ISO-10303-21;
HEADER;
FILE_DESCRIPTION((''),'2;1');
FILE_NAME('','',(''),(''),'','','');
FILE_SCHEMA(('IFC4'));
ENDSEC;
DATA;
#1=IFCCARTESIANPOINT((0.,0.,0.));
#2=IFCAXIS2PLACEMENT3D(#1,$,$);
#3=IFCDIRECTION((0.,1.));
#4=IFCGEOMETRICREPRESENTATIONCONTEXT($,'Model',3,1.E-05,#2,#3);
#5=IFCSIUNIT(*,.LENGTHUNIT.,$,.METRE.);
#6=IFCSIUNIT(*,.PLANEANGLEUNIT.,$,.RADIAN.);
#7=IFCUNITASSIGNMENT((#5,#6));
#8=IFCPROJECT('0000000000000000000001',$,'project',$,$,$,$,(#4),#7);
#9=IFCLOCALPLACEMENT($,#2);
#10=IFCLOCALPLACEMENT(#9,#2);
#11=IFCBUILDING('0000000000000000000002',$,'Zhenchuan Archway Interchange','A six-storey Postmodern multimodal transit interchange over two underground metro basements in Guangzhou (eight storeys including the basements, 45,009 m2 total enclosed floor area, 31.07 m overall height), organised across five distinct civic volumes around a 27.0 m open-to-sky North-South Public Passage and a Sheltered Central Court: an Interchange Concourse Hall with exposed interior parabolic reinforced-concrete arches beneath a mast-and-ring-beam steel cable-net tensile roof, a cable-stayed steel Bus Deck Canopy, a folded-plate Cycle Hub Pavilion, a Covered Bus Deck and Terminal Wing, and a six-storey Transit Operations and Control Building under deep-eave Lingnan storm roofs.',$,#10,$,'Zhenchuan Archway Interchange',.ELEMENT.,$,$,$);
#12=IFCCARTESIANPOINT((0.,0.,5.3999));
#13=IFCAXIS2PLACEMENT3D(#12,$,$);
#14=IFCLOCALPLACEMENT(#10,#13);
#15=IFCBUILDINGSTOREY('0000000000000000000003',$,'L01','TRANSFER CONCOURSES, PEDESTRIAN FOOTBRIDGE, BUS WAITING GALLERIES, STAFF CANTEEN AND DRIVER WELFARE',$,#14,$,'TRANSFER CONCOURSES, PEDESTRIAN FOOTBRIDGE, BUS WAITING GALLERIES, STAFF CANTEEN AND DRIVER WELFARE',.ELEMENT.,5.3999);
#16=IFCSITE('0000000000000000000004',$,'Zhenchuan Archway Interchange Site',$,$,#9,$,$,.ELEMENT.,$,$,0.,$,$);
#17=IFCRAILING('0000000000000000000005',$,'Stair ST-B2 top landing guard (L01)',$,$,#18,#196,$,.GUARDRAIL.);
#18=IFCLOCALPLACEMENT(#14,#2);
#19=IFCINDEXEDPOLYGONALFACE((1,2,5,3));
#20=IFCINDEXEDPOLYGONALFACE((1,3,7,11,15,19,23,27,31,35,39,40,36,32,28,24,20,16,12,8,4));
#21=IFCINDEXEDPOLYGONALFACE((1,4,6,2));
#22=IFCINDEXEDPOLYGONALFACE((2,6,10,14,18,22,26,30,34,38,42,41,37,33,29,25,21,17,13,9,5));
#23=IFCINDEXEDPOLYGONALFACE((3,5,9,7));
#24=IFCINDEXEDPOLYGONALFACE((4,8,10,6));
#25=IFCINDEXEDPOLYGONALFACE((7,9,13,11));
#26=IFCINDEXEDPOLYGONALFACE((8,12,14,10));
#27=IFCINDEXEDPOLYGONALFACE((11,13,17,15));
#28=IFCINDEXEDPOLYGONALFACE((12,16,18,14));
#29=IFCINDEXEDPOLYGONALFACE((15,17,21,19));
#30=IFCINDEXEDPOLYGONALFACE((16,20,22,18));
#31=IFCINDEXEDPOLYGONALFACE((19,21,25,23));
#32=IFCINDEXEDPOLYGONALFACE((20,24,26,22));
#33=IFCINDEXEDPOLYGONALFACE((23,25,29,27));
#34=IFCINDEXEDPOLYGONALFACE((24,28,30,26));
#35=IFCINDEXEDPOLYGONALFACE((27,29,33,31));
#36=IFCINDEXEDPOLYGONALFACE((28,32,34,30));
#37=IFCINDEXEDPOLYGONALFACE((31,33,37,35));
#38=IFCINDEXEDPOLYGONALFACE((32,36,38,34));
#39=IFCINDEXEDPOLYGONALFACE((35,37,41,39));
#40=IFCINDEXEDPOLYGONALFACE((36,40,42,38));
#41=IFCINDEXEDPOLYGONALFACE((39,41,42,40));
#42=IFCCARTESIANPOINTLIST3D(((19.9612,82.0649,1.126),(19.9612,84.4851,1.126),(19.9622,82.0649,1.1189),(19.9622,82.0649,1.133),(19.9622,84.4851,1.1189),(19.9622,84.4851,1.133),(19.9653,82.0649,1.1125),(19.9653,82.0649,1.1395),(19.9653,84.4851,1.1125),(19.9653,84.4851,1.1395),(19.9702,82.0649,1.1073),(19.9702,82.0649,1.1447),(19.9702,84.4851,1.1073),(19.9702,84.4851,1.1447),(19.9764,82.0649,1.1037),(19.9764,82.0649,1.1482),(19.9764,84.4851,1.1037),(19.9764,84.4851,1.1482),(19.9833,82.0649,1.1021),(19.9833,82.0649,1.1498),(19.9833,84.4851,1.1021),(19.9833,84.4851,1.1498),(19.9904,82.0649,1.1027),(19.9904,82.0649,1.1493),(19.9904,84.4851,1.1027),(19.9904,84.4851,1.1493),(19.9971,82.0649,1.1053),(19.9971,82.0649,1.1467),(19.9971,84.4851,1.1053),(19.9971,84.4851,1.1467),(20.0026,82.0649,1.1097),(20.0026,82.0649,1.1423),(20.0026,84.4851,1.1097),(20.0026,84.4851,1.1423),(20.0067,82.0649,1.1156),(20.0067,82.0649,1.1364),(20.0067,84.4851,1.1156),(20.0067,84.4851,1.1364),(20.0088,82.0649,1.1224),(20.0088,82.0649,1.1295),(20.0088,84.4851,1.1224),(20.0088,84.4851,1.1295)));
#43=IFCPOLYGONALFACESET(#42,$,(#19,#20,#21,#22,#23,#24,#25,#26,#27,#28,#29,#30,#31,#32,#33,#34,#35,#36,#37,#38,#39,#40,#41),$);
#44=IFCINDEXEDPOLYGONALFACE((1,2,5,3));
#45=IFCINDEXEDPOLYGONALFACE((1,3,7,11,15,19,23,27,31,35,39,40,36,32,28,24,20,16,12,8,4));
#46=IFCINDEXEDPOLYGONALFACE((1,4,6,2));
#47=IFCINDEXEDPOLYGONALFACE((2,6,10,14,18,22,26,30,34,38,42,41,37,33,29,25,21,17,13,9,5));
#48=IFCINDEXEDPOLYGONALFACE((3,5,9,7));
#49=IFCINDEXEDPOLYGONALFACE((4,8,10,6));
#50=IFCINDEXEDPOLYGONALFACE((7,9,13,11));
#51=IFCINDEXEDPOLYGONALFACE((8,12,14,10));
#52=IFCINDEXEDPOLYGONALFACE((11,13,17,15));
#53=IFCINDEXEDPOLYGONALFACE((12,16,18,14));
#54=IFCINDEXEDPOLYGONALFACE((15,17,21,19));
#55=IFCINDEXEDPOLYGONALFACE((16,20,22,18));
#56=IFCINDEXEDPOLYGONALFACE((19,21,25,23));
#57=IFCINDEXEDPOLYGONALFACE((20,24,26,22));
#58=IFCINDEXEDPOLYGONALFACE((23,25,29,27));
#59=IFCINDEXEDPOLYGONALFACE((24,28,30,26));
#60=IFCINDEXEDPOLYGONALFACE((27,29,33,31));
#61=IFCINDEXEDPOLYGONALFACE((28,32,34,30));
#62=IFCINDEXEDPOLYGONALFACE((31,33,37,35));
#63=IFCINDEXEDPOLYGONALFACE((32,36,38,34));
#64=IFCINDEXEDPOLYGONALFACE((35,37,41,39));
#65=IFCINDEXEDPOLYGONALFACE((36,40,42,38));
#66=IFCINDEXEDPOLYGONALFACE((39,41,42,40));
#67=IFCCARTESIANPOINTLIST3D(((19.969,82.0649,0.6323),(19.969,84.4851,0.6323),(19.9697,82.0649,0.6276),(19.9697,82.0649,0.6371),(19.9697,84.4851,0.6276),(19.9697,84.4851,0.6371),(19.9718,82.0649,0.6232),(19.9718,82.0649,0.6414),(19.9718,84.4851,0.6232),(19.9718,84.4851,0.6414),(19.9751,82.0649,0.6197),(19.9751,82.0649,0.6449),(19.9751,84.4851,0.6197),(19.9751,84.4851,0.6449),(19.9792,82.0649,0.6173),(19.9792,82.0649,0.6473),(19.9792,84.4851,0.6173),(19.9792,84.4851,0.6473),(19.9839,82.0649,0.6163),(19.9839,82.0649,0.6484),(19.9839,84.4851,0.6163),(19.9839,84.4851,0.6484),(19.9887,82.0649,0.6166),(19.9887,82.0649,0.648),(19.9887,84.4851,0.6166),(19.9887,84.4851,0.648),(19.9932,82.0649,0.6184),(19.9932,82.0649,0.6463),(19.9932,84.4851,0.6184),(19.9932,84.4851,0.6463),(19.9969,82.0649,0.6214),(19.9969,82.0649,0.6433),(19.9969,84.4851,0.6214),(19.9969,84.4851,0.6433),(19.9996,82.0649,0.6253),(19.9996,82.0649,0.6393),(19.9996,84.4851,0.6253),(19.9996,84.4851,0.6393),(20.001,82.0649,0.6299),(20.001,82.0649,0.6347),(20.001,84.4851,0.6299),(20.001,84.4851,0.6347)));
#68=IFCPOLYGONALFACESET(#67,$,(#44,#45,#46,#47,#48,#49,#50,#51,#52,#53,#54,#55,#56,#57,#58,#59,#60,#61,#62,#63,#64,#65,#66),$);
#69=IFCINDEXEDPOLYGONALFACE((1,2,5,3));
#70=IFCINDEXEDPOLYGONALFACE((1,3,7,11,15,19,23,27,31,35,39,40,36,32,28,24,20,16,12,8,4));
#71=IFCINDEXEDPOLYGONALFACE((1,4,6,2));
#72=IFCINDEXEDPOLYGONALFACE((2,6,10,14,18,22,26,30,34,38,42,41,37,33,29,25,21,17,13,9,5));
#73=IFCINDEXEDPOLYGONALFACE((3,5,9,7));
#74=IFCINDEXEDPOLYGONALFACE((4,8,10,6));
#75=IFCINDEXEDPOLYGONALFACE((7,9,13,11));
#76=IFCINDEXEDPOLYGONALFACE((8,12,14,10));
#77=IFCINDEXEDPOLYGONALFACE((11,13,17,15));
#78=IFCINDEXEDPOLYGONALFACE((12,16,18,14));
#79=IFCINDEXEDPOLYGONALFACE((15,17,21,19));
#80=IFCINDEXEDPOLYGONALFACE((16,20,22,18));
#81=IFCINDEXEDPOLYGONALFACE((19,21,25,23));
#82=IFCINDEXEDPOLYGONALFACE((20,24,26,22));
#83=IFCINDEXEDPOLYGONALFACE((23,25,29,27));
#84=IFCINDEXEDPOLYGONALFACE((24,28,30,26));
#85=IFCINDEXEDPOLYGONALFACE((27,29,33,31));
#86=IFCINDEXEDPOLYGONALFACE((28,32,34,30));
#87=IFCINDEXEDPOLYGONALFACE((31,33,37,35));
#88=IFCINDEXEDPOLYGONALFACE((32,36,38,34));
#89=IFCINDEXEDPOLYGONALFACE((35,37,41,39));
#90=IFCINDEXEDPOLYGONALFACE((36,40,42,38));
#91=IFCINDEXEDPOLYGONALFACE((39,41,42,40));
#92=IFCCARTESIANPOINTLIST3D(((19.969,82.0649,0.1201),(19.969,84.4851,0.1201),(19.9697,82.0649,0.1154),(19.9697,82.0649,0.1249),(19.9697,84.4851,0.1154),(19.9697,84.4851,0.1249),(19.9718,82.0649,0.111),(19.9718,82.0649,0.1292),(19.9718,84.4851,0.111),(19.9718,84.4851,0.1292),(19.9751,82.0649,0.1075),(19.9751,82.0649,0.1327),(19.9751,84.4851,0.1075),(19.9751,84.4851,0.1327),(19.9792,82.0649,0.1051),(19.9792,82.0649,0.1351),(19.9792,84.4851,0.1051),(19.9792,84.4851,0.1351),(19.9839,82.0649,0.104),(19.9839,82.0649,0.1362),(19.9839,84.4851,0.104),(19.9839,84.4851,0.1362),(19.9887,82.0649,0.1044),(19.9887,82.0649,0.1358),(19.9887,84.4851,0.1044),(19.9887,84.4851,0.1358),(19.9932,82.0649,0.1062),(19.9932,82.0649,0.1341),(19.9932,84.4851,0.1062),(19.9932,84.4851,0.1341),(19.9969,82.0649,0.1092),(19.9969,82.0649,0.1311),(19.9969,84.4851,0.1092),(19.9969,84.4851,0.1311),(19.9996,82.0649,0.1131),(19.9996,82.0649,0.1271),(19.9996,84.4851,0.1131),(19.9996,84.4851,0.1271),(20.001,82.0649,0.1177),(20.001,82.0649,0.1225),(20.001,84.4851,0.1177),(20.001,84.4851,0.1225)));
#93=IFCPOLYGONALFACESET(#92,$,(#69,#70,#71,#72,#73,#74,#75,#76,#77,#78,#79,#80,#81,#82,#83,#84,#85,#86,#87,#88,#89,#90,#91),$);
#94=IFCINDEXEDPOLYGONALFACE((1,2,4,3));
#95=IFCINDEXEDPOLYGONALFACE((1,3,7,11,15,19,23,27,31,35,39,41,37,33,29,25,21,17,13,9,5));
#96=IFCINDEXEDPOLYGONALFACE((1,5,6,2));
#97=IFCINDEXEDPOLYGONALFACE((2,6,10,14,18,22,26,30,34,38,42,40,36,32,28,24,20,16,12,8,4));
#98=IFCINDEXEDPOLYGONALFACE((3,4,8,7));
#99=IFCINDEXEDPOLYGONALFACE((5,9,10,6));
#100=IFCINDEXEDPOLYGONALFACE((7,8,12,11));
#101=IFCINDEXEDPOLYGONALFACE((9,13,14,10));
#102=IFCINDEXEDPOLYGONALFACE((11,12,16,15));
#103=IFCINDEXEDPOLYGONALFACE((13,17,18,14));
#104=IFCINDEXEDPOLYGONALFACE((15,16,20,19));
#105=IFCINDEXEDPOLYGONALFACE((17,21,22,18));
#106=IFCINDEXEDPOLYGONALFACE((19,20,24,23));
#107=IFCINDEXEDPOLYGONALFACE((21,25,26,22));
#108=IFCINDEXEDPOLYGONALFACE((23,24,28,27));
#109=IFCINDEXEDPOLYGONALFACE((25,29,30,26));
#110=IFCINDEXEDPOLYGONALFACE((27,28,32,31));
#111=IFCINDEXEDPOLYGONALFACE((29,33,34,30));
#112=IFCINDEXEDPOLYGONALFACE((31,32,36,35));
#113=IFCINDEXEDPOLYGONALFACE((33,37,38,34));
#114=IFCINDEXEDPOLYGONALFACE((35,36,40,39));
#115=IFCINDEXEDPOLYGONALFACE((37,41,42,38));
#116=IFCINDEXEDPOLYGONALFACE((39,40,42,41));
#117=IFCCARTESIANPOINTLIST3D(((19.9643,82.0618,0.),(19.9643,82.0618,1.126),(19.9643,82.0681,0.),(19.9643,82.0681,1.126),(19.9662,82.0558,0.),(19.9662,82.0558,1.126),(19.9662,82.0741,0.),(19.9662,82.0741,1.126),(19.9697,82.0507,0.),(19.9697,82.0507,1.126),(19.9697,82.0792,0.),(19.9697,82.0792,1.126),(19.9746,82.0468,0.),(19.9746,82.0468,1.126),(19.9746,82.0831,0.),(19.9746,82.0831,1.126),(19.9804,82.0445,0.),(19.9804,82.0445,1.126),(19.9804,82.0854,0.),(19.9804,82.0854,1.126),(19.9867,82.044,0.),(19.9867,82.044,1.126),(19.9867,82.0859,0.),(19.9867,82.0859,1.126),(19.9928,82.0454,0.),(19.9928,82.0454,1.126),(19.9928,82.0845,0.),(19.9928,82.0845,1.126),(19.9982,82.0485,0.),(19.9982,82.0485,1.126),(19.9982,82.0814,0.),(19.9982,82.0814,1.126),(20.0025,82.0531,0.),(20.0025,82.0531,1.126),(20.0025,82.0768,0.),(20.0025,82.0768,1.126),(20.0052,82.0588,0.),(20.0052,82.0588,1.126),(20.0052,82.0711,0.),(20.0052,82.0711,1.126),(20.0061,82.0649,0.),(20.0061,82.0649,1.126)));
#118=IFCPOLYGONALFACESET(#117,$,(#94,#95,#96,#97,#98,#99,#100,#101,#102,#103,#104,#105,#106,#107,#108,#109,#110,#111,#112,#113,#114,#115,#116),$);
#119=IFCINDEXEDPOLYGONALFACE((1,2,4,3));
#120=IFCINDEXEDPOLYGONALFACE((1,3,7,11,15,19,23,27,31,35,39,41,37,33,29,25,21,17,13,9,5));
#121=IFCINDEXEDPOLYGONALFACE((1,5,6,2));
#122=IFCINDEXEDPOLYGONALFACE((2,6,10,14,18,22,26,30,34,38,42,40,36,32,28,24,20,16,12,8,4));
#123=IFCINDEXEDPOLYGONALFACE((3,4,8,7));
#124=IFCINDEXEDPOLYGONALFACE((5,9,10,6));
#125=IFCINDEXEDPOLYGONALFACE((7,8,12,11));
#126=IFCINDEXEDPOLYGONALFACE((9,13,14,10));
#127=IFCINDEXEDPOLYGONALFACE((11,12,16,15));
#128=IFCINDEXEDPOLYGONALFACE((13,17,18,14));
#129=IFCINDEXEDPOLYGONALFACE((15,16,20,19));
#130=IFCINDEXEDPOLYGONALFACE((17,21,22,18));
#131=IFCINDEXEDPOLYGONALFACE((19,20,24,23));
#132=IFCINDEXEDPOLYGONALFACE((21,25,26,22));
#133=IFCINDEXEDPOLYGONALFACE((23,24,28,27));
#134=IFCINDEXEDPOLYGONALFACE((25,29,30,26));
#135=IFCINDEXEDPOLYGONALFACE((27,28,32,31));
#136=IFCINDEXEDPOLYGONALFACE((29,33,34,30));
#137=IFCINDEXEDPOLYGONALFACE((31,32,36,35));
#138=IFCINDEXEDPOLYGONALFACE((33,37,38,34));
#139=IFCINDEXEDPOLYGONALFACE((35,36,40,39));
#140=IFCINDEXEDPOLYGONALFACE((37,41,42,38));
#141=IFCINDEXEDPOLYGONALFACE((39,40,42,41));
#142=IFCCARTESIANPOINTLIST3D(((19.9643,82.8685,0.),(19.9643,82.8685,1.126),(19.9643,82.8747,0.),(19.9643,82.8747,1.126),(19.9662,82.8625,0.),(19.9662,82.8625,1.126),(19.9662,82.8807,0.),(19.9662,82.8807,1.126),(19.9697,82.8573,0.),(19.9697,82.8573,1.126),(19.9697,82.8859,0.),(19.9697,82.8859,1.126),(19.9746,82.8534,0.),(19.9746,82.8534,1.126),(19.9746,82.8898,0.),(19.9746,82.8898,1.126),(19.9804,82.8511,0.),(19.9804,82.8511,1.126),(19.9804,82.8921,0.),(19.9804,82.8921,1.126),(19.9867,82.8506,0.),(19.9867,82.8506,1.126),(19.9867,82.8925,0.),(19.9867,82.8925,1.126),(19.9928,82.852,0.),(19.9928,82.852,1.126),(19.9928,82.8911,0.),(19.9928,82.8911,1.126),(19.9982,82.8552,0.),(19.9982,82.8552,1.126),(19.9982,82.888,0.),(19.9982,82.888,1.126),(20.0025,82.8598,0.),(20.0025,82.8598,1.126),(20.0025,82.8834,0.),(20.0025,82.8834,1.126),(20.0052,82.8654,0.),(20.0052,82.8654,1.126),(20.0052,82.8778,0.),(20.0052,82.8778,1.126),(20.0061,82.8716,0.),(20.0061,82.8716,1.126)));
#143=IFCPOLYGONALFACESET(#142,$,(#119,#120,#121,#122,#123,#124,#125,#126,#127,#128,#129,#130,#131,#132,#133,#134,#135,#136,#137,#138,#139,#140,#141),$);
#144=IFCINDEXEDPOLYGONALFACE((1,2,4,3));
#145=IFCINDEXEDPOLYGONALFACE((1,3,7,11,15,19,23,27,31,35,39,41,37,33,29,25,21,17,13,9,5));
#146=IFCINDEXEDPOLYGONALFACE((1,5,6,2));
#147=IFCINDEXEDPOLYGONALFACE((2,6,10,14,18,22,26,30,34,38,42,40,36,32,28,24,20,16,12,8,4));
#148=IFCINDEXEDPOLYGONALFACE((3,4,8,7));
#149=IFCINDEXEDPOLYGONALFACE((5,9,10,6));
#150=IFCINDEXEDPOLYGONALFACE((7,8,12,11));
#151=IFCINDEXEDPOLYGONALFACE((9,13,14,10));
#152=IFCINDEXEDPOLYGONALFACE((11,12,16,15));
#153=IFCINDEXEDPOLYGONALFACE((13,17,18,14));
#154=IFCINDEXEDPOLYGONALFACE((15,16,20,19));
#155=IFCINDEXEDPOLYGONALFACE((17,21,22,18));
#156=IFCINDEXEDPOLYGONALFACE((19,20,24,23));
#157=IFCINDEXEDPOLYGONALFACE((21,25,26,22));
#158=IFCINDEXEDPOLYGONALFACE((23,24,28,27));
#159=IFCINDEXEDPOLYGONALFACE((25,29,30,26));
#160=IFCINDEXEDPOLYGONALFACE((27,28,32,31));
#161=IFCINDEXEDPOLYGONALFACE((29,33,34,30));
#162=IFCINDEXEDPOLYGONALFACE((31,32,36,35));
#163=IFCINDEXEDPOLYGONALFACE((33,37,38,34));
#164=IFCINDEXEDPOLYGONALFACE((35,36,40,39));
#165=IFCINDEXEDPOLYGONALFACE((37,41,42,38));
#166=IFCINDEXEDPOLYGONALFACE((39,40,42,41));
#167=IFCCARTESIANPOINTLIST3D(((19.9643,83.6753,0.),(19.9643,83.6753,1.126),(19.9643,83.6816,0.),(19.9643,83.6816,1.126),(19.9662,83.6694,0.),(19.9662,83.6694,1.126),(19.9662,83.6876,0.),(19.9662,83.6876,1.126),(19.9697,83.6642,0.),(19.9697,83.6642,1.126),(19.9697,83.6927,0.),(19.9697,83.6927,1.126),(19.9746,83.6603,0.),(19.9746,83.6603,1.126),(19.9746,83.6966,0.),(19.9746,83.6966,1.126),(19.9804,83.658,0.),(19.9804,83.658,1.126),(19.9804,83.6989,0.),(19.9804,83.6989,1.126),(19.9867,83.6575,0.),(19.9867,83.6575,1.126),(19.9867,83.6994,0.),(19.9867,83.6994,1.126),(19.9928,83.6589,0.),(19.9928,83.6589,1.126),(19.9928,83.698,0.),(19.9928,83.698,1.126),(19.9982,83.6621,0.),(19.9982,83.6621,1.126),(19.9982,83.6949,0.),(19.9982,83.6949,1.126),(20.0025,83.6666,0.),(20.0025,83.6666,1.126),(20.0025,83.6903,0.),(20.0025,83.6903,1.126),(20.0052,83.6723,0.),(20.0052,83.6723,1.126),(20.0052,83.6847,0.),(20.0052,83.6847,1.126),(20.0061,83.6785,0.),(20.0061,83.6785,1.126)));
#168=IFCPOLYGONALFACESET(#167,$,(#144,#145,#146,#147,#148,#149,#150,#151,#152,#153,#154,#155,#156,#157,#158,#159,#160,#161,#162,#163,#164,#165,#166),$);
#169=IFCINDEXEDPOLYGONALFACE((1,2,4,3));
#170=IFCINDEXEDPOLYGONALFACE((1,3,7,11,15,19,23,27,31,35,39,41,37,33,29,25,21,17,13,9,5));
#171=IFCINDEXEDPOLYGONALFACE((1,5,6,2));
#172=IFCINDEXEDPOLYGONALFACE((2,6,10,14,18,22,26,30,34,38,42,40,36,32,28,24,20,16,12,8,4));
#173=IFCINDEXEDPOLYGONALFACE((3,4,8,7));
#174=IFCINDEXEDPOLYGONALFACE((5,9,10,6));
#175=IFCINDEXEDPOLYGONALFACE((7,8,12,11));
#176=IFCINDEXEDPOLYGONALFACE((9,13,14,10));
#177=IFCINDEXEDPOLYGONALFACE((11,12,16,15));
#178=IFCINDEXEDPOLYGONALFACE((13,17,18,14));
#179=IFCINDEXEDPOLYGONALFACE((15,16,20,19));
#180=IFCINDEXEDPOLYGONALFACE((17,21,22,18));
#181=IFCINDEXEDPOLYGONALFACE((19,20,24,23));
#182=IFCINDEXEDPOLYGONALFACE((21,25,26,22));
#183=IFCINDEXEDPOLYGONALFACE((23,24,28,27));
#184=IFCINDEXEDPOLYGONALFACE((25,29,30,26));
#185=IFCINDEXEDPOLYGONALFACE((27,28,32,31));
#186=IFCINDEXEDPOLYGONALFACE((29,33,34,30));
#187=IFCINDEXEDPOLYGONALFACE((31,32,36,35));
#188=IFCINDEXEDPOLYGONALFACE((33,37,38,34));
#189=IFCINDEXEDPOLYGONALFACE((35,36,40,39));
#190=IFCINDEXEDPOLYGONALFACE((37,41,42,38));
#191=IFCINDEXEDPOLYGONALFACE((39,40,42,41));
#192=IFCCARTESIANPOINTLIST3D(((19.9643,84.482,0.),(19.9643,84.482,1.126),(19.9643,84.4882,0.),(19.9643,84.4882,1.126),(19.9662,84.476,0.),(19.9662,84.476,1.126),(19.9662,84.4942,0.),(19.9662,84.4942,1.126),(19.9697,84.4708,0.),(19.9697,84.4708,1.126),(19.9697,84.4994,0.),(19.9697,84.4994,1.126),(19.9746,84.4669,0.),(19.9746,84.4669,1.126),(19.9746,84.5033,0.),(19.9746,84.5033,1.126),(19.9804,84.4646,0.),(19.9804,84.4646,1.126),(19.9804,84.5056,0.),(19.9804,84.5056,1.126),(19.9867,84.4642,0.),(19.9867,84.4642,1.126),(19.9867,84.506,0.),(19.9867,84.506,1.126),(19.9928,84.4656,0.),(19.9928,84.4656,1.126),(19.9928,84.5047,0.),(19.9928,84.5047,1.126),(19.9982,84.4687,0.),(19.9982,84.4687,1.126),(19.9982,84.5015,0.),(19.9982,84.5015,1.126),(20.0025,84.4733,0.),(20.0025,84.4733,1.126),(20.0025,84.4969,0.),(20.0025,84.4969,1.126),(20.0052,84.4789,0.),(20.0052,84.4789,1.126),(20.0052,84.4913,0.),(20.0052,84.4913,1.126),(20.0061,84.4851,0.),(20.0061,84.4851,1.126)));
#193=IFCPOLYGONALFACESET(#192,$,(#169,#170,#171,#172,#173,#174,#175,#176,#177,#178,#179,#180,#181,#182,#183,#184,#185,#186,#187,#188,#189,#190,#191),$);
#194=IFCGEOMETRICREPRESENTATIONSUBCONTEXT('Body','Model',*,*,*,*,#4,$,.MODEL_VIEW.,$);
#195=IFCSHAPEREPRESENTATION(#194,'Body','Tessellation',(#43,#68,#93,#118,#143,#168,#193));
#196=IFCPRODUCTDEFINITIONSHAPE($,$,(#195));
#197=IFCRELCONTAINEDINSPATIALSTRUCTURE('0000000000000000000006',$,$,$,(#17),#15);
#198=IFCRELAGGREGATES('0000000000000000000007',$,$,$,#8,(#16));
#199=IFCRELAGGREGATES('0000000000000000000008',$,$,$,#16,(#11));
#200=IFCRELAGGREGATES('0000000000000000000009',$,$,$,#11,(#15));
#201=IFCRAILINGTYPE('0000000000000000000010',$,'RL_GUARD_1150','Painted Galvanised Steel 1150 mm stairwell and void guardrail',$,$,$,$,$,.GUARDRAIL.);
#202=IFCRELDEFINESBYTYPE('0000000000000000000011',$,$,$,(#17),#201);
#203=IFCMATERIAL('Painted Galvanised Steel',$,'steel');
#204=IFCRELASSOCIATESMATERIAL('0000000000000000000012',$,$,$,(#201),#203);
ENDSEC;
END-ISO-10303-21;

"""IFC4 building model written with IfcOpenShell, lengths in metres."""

from ifc_helpers import new_model, si_unit, direction, frame, origin, origin_2d, place, context, subcontext, project, spatial, circle, extrude, material, type_object, element, save


model = new_model("IFC4")

# Units and contexts
model_context = context("Model", 3, precision=1e-05, world=origin(), true_north=direction((0.0, 1.0)))
body_context = subcontext(model_context, "Body", "Model", "MODEL_VIEW")
ifc_project = project(units=[si_unit("LENGTHUNIT", "METRE"), si_unit("PLANEANGLEUNIT", "RADIAN")], contexts=[model_context])

# Site, building, storey
site_placement = place(None, origin())
site = spatial("IfcSite", under=ifc_project, at=site_placement, Name="Zhenchuan Archway Interchange Site", CompositionType="ELEMENT", RefElevation=0.0)
building_placement = place(site_placement, origin())
building = spatial("IfcBuilding", under=site, at=building_placement, Name="Zhenchuan Archway Interchange", Description="A six-storey Postmodern multimodal transit interchange over two underground metro basements in Guangzhou (eight storeys including the basements, 45,009 m2 total enclosed floor area, 31.07 m overall height), organised across five distinct civic volumes around a 27.0 m open-to-sky North-South Public Passage and a Sheltered Central Court: an Interchange Concourse Hall with exposed interior parabolic reinforced-concrete arches beneath a mast-and-ring-beam steel cable-net tensile roof, a cable-stayed steel Bus Deck Canopy, a folded-plate Cycle Hub Pavilion, a Covered Bus Deck and Terminal Wing, and a six-storey Transit Operations and Control Building under deep-eave Lingnan storm roofs.", LongName="Zhenchuan Archway Interchange", CompositionType="ELEMENT")
storey_placement = place(building_placement, frame((0.0, 0.0, 5.3999)))
storey = spatial("IfcBuildingStorey", under=building, at=storey_placement, Name="L01", Description="TRANSFER CONCOURSES, PEDESTRIAN FOOTBRIDGE, BUS WAITING GALLERIES, STAFF CANTEEN AND DRIVER WELFARE", LongName="TRANSFER CONCOURSES, PEDESTRIAN FOOTBRIDGE, BUS WAITING GALLERIES, STAFF CANTEEN AND DRIVER WELFARE", CompositionType="ELEMENT", Elevation=5.3999)

# Shared definitions
ifc_material_1 = material(Name="Painted Galvanised Steel", Category="steel")

# Railing
railing_type = type_object("IfcRailingType", Name="RL_GUARD_1150", Description="Painted Galvanised Steel 1150 mm stairwell and void guardrail", PredefinedType="GUARDRAIL", material=ifc_material_1)
railing_placement = place(storey_placement, frame((19.9851, 82.0649, 0.0)))
element("IfcRailing", 1, at=railing_placement, inside=storey, type_object=railing_type, Name="Stair ST-B2 top landing guard (L01)", PredefinedType="GUARDRAIL", context=body_context, shape_type="SweptSolid", body=[
    extrude(circle(Radius=0.0239, at=origin_2d()), frame((0.0, 0.0, 1.126), z_axis=(0.0, 1.0, 0.0), x_axis=(-1.0, 0.0, 0.0)), (0.0, 0.0, 1.0), 2.4202),
    extrude(circle(Radius=0.0161, at=origin_2d()), frame((0.0, 0.0, 0.6323), z_axis=(0.0, 1.0, 0.0), x_axis=(-1.0, 0.0, 0.0)), (0.0, 0.0, 1.0), 2.4202),
    extrude(circle(Radius=0.0161, at=origin_2d()), frame((0.0, 0.0, 0.1201), z_axis=(0.0, 1.0, 0.0), x_axis=(-1.0, 0.0, 0.0)), (0.0, 0.0, 1.0), 2.4202),
    extrude(circle(Radius=0.021, at=origin_2d()), origin(), (0.0, 0.0, 1.0), 1.126),
    extrude(circle(Radius=0.021, at=origin_2d()), frame((0.0, 0.8066, 0.0)), (0.0, 0.0, 1.0), 1.126),
    extrude(circle(Radius=0.021, at=origin_2d()), frame((0.0, 1.6135, 0.0)), (0.0, 0.0, 1.0), 1.126),
    extrude(circle(Radius=0.021, at=origin_2d()), frame((0.0, 2.4202, 0.0)), (0.0, 0.0, 1.0), 1.126),
])

save(model, "model.ifc")
